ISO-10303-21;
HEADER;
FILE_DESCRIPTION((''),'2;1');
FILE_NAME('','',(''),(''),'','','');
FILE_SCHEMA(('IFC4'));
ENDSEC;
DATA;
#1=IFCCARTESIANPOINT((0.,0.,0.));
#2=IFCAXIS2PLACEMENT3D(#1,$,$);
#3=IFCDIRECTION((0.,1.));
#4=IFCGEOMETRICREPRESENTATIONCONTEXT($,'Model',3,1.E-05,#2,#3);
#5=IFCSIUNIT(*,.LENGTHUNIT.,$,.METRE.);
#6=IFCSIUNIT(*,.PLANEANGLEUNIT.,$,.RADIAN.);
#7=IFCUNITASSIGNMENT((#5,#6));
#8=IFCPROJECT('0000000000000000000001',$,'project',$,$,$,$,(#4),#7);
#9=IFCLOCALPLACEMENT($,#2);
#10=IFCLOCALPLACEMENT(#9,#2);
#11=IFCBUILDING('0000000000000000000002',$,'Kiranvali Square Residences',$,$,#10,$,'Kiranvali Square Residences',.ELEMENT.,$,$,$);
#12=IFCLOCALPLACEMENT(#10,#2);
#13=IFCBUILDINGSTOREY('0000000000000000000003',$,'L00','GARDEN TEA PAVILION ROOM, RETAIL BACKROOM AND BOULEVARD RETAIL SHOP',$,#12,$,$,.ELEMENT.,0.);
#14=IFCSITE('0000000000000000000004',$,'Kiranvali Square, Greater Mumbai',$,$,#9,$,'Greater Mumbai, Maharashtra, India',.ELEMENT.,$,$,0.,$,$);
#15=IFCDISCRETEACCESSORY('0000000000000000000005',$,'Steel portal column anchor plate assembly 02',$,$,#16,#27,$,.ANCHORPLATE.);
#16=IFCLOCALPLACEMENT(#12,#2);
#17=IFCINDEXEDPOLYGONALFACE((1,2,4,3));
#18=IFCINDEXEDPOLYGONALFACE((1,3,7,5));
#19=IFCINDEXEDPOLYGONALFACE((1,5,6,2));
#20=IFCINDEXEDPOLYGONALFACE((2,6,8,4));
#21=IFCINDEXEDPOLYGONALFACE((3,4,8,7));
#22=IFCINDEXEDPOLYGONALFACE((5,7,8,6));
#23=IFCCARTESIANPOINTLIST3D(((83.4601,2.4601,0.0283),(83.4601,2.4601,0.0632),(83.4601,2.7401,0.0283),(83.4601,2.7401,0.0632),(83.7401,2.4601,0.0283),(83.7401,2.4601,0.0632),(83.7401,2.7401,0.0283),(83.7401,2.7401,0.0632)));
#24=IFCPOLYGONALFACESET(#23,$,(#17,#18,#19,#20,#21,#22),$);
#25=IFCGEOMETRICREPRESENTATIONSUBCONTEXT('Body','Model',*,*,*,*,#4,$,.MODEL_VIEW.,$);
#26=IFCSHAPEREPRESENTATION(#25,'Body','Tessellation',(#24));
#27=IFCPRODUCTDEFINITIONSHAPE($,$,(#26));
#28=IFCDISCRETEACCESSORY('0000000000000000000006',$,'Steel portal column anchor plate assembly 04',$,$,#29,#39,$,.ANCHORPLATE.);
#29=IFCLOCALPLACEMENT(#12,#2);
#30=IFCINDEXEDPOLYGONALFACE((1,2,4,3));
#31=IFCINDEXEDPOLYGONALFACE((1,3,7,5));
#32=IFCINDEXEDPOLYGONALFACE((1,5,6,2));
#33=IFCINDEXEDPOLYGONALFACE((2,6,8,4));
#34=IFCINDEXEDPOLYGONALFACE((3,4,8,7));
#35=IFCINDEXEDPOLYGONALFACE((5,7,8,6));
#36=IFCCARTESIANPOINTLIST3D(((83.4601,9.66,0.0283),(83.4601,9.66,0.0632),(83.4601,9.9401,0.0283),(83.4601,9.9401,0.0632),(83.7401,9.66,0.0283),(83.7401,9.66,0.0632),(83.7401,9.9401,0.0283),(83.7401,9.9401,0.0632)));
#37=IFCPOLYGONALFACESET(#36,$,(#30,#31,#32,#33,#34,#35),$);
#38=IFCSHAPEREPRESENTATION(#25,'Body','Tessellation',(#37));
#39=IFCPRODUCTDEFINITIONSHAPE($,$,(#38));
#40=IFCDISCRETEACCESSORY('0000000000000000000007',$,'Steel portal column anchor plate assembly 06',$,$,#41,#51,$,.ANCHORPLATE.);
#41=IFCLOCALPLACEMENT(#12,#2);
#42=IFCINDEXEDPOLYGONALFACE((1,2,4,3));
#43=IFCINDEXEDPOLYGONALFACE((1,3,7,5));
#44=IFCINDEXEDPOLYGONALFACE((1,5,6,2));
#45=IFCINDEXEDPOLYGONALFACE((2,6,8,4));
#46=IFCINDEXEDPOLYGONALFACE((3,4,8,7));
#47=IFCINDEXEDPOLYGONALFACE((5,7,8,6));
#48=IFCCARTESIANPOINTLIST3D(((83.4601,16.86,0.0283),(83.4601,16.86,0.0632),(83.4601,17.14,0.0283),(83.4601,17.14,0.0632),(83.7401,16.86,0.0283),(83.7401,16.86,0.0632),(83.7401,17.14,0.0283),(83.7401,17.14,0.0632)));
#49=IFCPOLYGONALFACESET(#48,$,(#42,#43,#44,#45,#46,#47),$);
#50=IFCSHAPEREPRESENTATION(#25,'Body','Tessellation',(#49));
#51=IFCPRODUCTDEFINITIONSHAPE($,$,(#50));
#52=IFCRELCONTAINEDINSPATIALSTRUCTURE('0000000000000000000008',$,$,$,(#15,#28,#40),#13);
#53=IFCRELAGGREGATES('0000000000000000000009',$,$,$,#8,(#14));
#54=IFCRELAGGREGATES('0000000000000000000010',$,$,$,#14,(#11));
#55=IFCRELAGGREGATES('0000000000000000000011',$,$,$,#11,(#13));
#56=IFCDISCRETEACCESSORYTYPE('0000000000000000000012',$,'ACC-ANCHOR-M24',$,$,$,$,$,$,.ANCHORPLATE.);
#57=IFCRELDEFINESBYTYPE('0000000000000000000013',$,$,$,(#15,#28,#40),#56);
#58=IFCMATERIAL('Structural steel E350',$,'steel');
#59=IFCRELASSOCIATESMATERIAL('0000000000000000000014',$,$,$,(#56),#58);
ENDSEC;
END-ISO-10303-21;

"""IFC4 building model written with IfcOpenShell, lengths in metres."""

from ifc_helpers import new_model, si_unit, direction, frame, origin, origin_2d, place, context, subcontext, project, spatial, rectangle, extrude, material, type_object, element, save


model = new_model("IFC4")

# Units and contexts
model_context = context("Model", 3, precision=1e-05, world=origin(), true_north=direction((0.0, 1.0)))
body_context = subcontext(model_context, "Body", "Model", "MODEL_VIEW")
ifc_project = project(units=[si_unit("LENGTHUNIT", "METRE"), si_unit("PLANEANGLEUNIT", "RADIAN")], contexts=[model_context])

# Site, building, storey
site_placement = place(None, origin())
site = spatial("IfcSite", under=ifc_project, at=site_placement, Name="Kiranvali Square, Greater Mumbai", LongName="Greater Mumbai, Maharashtra, India", CompositionType="ELEMENT", RefElevation=0.0)
building_placement = place(site_placement, origin())
building = spatial("IfcBuilding", under=site, at=building_placement, Name="Kiranvali Square Residences", LongName="Kiranvali Square Residences", CompositionType="ELEMENT")
storey_placement = place(building_placement, origin())
storey = spatial("IfcBuildingStorey", under=building, at=storey_placement, Name="L00", Description="GARDEN TEA PAVILION ROOM, RETAIL BACKROOM AND BOULEVARD RETAIL SHOP", CompositionType="ELEMENT", Elevation=0.0)

# Shared definitions
ifc_material_1 = material(Name="Structural steel E350", Category="steel")

# Discrete accessories
discrete_accessory_type = type_object("IfcDiscreteAccessoryType", Name="ACC-ANCHOR-M24", PredefinedType="ANCHORPLATE", material=ifc_material_1)
for number, where, z_axis, x_axis, name in (
    (1, (83.6001, 2.6001, 0.0283), (0.0, 0.0, 1.0), (1.0, 0.0, 0.0), "Steel portal column anchor plate assembly 02"),
    (2, (83.6001, 9.8, 0.0283), (0.0, 0.0, 1.0), (1.0, 0.0, 0.0), "Steel portal column anchor plate assembly 04"),
    (3, (83.6001, 17.0, 0.0283), (0.0, 0.0, 1.0), (1.0, 0.0, 0.0), "Steel portal column anchor plate assembly 06"),
):
    element("IfcDiscreteAccessory", number, at=place(storey_placement, frame(where, z_axis=z_axis, x_axis=x_axis)), inside=storey, type_object=discrete_accessory_type, Name=name, PredefinedType="ANCHORPLATE", context=body_context, shape_type="SweptSolid", body=[
        extrude(rectangle(XDim=0.28, YDim=0.28, at=origin_2d()), origin(), (0.0, 0.0, 1.0), 0.0349),
    ])

save(model, "model.ifc")
